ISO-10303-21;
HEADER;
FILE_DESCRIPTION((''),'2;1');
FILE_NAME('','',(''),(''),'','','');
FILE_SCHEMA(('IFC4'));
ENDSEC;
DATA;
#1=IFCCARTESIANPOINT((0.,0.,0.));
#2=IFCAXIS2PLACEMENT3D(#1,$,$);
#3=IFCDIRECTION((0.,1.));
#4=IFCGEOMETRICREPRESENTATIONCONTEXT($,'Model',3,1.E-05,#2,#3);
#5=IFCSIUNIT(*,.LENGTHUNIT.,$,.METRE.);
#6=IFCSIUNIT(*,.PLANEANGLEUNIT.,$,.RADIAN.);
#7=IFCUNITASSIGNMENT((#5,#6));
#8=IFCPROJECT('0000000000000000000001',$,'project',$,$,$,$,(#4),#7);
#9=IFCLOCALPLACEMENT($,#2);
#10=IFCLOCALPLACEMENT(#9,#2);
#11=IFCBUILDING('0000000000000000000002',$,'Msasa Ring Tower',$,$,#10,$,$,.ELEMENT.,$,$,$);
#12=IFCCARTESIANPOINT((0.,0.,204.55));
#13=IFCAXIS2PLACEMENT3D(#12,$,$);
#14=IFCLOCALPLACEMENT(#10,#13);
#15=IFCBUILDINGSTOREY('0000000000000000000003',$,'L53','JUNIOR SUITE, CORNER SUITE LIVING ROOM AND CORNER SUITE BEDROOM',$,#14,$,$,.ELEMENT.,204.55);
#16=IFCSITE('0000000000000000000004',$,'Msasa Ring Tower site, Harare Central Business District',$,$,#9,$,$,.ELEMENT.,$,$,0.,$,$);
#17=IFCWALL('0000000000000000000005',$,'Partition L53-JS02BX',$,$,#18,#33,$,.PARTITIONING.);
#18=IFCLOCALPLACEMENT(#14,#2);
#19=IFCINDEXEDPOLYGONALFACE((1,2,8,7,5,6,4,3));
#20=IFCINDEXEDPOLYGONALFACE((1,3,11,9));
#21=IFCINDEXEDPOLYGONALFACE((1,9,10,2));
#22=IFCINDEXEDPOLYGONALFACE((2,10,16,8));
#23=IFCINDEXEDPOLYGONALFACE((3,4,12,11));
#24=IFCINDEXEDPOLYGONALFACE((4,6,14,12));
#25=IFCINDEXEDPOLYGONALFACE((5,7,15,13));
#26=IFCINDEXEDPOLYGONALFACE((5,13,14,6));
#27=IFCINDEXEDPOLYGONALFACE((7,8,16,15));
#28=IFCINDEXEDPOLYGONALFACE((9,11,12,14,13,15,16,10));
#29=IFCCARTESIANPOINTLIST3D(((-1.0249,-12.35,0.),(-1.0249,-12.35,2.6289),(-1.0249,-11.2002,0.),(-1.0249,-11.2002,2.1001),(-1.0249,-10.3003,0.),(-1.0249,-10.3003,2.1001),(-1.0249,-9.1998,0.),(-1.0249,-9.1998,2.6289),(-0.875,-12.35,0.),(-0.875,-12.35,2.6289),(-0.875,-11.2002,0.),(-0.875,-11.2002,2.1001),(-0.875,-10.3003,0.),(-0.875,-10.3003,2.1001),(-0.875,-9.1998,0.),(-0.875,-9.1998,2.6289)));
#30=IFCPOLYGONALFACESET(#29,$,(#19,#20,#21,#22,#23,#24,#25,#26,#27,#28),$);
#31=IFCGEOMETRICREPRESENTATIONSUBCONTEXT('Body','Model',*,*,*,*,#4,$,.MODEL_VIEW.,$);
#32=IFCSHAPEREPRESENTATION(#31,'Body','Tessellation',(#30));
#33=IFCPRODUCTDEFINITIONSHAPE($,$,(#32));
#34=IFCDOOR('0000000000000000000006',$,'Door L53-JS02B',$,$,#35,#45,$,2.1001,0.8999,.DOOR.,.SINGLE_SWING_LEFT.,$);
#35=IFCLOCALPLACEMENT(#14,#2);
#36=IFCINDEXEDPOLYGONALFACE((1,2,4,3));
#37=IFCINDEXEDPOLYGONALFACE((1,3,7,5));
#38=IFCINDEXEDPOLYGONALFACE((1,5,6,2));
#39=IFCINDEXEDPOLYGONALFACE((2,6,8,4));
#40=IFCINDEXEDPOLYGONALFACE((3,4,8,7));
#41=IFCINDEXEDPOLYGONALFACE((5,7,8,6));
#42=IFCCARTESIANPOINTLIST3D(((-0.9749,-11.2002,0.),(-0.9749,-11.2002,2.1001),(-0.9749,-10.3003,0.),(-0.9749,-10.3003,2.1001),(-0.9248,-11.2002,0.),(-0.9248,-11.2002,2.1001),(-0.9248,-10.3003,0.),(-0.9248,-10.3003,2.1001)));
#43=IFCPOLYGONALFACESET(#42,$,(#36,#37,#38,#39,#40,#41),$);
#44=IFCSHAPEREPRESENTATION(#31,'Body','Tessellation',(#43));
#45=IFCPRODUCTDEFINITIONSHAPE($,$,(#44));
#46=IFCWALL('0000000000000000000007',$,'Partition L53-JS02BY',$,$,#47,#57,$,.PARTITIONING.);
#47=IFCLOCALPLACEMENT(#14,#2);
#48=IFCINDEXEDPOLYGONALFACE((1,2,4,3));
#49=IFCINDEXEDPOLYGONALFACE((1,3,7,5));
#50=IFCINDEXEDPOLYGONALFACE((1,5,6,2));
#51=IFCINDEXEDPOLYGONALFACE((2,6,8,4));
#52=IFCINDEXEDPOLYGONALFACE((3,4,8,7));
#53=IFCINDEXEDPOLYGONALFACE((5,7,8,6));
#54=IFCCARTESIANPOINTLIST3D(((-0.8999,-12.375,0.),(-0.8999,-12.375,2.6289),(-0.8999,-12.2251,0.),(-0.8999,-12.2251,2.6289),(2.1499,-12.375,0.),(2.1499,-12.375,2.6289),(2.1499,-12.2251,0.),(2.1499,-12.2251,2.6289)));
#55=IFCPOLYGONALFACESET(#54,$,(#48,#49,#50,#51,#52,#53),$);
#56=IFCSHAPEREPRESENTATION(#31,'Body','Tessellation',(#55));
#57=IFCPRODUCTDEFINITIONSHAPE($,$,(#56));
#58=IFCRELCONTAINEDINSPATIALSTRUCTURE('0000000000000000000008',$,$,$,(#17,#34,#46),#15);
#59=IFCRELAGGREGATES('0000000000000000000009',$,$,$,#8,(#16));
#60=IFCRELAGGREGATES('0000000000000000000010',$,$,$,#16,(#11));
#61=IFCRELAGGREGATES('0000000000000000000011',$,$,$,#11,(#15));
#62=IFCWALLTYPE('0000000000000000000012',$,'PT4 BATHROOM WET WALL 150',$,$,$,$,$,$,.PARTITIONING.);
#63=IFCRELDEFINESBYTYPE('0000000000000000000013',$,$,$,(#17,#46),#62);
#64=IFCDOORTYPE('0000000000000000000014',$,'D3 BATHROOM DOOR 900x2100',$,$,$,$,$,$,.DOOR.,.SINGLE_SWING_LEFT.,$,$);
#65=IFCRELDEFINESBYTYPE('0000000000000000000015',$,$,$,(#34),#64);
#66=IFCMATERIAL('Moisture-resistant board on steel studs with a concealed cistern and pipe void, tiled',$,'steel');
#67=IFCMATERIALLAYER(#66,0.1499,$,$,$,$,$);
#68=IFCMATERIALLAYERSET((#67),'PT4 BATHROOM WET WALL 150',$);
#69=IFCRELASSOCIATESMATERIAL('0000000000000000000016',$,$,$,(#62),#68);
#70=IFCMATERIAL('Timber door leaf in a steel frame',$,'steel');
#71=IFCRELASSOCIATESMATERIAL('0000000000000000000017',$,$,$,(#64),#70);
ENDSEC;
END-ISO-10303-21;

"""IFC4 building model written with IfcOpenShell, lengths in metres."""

from ifc_helpers import new_model, si_unit, direction, frame, frame_2d, origin, place, context, subcontext, project, spatial, rectangle, extrude, material, layer, layer_set, type_object, element, fill, save


model = new_model("IFC4")

# Units and contexts
model_context = context("Model", 3, precision=1e-05, world=origin(), true_north=direction((0.0, 1.0)))
body_context = subcontext(model_context, "Body", "Model", "MODEL_VIEW")
ifc_project = project(units=[si_unit("LENGTHUNIT", "METRE"), si_unit("PLANEANGLEUNIT", "RADIAN")], contexts=[model_context])

# Site, building, storey
site_placement = place(None, origin())
site = spatial("IfcSite", under=ifc_project, at=site_placement, Name="Msasa Ring Tower site, Harare Central Business District", CompositionType="ELEMENT", RefElevation=0.0)
building_placement = place(site_placement, origin())
building = spatial("IfcBuilding", under=site, at=building_placement, Name="Msasa Ring Tower", CompositionType="ELEMENT")
storey_placement = place(building_placement, frame((0.0, 0.0, 204.55)))
storey = spatial("IfcBuildingStorey", under=building, at=storey_placement, Name="L53", Description="JUNIOR SUITE, CORNER SUITE LIVING ROOM AND CORNER SUITE BEDROOM", CompositionType="ELEMENT", Elevation=204.55)

# Shared definitions
ifc_material_1 = material(Name="Moisture-resistant board on steel studs with a concealed cistern and pipe void, tiled", Category="steel")
ifc_layer_1 = layer(ifc_material_1, 0.1499)
ifc_layer_set_1 = layer_set([ifc_layer_1], Name="PT4 BATHROOM WET WALL 150")
wall_type_1 = type_object("IfcWallType", Name="PT4 BATHROOM WET WALL 150", PredefinedType="PARTITIONING", material=ifc_layer_set_1)
ifc_material_2 = material(Name="Timber door leaf in a steel frame", Category="steel")
door_type = type_object("IfcDoorType", Name="D3 BATHROOM DOOR 900x2100", OperationType="SINGLE_SWING_LEFT", PredefinedType="DOOR", material=ifc_material_2)

# Wall, opening, door
wall_1_placement = place(storey_placement, frame((-0.95, -12.3501, 0.0), z_axis=(0.0, 0.0, 1.0), x_axis=(0.0, 1.0, 0.0)))
wall_1 = element("IfcWall", 1, at=wall_1_placement, inside=storey, type_object=wall_type_1, Name="Partition L53-JS02BX", PredefinedType="PARTITIONING", context=body_context, shape_type="SweptSolid", body=[
    extrude(rectangle(XDim=3.1501, YDim=0.1499, at=frame_2d((1.5752, 0.0))), origin(), (0.0, 0.0, 1.0), 2.6289),
])
opening_1_placement = place(wall_1_placement, frame((1.1499, 0.0, 0.0)))
opening_1 = element("IfcOpeningElement", 2, at=opening_1_placement, cuts=wall_1, PredefinedType="OPENING", context=body_context, shape_type="SweptSolid", body=[
    extrude(rectangle(XDim=0.8999, YDim=2.1001, at=frame_2d((0.45, 1.05))), frame((0.0, 0.085, 0.0), z_axis=(0.0, -1.0, 0.0), x_axis=(1.0, 0.0, 0.0)), (0.0, 0.0, 1.0), 0.1699),
])
door_1_placement = place(opening_1_placement, origin())
door_1 = element("IfcDoor", 3, at=door_1_placement, inside=storey, type_object=door_type, Name="Door L53-JS02B", OperationType="SINGLE_SWING_LEFT", OverallHeight=2.1001, OverallWidth=0.8999, PredefinedType="DOOR", context=body_context, shape_type="SweptSolid", body=[
    extrude(rectangle(XDim=0.8999, YDim=2.1001, at=frame_2d((0.45, 1.05))), frame((0.0, 0.0249, 0.0), z_axis=(0.0, -1.0, 0.0), x_axis=(1.0, 0.0, 0.0)), (0.0, 0.0, 1.0), 0.05),
])
fill(opening_1, door_1)

# Wall
wall_2_placement = place(storey_placement, frame((-0.8999, -12.3, 0.0), z_axis=(0.0, 0.0, 1.0), x_axis=(1.0, 0.0, 0.0)))
element("IfcWall", 4, at=wall_2_placement, inside=storey, type_object=wall_type_1, Name="Partition L53-JS02BY", PredefinedType="PARTITIONING", context=body_context, shape_type="SweptSolid", body=[
    extrude(rectangle(XDim=3.0498, YDim=0.1499, at=frame_2d((1.5249, 0.0))), origin(), (0.0, 0.0, 1.0), 2.6289),
])

save(model, "model.ifc")
